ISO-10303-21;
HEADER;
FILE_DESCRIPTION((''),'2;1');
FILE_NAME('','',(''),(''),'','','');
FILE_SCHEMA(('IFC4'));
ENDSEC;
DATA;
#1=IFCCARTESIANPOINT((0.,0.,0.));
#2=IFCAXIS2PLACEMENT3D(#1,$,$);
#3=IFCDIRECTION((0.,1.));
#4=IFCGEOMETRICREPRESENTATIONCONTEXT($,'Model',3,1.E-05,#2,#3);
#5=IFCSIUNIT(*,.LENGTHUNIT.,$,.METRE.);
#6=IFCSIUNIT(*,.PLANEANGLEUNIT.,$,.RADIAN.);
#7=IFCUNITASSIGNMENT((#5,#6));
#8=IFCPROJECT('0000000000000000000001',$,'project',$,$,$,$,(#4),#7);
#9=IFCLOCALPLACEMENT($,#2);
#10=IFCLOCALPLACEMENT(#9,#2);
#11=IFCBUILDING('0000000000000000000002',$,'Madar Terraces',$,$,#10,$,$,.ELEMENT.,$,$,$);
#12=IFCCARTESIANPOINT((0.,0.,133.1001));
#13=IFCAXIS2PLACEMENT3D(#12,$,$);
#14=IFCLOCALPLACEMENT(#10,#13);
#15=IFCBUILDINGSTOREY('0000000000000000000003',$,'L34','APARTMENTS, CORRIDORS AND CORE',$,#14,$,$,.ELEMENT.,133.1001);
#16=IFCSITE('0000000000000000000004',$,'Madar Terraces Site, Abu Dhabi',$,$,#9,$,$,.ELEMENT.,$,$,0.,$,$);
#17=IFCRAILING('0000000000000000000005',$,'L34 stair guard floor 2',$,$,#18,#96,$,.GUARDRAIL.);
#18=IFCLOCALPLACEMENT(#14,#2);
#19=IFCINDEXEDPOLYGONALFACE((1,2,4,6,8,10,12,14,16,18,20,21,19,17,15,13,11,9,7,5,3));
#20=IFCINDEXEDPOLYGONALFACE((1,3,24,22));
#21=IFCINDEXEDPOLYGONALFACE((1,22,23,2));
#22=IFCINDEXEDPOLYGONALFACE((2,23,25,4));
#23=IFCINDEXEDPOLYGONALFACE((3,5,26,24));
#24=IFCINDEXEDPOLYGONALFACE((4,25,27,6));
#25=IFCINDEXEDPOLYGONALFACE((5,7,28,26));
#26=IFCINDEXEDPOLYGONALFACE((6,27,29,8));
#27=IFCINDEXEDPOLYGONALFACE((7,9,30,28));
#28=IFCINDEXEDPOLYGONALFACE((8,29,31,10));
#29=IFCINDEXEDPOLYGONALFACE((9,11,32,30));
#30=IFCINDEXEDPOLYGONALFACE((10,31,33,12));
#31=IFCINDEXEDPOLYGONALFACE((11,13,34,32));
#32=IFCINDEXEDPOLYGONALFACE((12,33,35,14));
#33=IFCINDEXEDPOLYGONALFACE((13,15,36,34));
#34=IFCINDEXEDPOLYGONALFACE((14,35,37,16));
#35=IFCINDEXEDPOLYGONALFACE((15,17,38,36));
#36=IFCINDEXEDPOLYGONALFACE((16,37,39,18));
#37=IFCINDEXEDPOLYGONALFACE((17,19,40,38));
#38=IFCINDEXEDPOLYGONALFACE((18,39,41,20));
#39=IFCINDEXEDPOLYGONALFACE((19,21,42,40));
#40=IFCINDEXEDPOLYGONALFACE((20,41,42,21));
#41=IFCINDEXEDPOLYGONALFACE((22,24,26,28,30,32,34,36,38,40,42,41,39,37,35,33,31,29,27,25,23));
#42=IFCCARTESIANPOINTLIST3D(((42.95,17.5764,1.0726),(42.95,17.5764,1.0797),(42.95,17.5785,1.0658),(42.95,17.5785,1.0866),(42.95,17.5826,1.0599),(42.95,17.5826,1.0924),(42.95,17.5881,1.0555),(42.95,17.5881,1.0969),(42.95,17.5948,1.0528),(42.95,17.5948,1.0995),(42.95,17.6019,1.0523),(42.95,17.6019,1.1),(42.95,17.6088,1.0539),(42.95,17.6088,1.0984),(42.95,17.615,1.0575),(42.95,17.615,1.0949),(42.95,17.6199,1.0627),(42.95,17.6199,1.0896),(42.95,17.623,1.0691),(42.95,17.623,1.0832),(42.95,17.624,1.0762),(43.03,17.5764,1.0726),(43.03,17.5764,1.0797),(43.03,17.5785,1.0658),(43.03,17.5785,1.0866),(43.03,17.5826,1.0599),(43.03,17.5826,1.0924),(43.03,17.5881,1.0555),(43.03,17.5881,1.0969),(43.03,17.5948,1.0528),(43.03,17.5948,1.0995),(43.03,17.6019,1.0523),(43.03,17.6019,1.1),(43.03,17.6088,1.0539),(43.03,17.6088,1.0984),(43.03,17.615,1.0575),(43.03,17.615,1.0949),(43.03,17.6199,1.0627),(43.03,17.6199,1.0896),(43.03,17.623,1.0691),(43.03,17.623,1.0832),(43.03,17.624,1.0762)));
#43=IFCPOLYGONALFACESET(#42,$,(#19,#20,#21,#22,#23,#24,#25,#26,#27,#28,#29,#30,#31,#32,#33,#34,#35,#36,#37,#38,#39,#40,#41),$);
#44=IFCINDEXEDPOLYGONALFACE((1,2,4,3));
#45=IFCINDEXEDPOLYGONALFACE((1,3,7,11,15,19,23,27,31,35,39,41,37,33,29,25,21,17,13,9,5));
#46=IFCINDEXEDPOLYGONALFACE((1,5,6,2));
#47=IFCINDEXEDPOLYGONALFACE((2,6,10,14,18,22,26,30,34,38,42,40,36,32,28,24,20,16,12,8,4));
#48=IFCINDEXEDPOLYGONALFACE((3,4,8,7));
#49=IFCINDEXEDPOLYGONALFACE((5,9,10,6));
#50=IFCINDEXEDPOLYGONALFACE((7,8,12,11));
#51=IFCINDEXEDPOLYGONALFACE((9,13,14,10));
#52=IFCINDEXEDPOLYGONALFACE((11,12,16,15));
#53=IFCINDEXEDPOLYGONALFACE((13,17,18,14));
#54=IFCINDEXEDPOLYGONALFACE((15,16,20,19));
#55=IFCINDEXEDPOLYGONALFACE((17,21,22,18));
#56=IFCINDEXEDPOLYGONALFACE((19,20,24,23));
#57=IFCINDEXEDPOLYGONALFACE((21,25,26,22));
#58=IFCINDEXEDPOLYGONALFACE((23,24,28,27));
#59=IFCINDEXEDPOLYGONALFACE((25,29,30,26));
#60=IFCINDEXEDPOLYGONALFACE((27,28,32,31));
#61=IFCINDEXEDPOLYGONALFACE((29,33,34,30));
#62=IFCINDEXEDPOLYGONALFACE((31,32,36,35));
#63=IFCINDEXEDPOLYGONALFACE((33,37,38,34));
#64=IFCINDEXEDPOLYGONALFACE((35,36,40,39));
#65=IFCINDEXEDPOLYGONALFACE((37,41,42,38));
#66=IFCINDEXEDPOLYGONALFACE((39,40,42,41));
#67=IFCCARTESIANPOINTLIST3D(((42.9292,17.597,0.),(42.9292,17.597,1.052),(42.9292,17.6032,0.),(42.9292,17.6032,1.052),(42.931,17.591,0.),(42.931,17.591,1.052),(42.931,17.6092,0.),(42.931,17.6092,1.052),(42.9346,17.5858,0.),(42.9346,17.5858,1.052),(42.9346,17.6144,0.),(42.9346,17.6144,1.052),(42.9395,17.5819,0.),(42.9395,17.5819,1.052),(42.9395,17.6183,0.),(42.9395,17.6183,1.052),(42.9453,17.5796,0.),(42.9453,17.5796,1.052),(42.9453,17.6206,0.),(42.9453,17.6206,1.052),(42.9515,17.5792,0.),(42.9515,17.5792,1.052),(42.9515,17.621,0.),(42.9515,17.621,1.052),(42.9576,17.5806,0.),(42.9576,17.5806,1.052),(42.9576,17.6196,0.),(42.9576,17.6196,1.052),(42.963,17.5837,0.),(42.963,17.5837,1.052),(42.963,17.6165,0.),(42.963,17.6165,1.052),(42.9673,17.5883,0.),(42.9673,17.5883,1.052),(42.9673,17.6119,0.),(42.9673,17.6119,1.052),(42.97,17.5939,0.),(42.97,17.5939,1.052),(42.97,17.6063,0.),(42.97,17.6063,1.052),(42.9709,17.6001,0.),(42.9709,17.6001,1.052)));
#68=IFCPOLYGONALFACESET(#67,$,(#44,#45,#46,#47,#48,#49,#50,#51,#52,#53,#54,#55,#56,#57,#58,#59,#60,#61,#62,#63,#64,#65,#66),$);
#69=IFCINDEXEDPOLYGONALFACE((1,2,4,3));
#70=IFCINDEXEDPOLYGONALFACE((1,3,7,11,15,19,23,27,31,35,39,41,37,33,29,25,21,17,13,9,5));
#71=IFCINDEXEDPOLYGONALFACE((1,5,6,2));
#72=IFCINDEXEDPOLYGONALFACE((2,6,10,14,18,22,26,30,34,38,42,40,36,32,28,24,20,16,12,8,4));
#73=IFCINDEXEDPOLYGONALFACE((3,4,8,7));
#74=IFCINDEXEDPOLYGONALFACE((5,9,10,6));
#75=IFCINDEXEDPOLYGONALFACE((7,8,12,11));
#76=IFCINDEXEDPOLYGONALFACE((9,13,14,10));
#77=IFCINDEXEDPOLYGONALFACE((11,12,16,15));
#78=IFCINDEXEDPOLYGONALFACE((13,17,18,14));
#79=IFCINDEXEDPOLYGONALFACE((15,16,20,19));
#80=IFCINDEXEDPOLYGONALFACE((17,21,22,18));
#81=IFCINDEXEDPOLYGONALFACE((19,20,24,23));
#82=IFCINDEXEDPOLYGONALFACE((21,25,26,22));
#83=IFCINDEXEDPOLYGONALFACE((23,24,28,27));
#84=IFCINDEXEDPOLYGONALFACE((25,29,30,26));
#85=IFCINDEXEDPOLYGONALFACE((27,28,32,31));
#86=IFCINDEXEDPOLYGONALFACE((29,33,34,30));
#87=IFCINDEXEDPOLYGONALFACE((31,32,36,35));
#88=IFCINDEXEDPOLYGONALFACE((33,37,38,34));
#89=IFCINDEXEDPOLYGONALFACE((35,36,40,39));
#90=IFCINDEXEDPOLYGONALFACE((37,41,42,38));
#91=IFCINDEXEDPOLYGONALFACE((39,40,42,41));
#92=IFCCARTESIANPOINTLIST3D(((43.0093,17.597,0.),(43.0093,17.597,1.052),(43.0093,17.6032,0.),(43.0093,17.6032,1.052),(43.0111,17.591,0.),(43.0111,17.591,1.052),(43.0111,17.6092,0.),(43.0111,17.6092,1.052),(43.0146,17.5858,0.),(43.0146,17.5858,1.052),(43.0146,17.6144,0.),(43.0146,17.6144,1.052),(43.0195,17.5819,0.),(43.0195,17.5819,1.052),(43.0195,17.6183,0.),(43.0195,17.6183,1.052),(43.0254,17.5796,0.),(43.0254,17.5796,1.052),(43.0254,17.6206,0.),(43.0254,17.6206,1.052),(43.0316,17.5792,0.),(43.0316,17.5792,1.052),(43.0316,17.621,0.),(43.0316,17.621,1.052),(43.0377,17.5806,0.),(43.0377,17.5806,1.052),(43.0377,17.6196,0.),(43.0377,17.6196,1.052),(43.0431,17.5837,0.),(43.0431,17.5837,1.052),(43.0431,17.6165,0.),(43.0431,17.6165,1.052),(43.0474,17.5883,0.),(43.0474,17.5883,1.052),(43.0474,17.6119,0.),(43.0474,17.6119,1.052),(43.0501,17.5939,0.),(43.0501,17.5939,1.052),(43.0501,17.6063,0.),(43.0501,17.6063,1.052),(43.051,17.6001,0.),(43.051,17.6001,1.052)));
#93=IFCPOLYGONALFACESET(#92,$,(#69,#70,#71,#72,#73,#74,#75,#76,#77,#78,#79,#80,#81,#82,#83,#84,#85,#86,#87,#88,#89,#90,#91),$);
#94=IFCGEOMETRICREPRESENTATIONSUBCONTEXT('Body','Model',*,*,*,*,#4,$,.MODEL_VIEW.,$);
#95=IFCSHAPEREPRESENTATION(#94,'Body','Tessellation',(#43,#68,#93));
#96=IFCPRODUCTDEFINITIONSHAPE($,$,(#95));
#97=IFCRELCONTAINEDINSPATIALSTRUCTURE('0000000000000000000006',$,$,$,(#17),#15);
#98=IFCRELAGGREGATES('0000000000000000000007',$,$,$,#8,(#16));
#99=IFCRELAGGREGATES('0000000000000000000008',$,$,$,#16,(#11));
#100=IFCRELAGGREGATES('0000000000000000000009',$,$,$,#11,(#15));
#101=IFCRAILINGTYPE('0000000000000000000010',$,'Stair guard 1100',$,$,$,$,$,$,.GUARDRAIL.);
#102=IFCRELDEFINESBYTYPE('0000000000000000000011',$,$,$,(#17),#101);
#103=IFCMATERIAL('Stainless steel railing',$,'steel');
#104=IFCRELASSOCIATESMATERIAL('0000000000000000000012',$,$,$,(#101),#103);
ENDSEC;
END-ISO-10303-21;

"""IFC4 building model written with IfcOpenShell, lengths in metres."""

from ifc_helpers import new_model, si_unit, direction, frame, origin, origin_2d, place, context, subcontext, project, spatial, circle, extrude, material, type_object, element, save


model = new_model("IFC4")

# Units and contexts
model_context = context("Model", 3, precision=1e-05, world=origin(), true_north=direction((0.0, 1.0)))
body_context = subcontext(model_context, "Body", "Model", "MODEL_VIEW")
ifc_project = project(units=[si_unit("LENGTHUNIT", "METRE"), si_unit("PLANEANGLEUNIT", "RADIAN")], contexts=[model_context])

# Site, building, storey
site_placement = place(None, origin())
site = spatial("IfcSite", under=ifc_project, at=site_placement, Name="Madar Terraces Site, Abu Dhabi", CompositionType="ELEMENT", RefElevation=0.0)
building_placement = place(site_placement, origin())
building = spatial("IfcBuilding", under=site, at=building_placement, Name="Madar Terraces", CompositionType="ELEMENT")
storey_placement = place(building_placement, frame((0.0, 0.0, 133.1001)))
storey = spatial("IfcBuildingStorey", under=building, at=storey_placement, Name="L34", Description="APARTMENTS, CORRIDORS AND CORE", CompositionType="ELEMENT", Elevation=133.1001)

# Railing
ifc_material_1 = material(Name="Stainless steel railing", Category="steel")
railing_type_1 = type_object("IfcRailingType", Name="Stair guard 1100", PredefinedType="GUARDRAIL", material=ifc_material_1)
railing_1_placement = place(storey_placement, frame((42.95, 17.6001, 0.0)))
element("IfcRailing", 1, at=railing_1_placement, inside=storey, type_object=railing_type_1, Name="L34 stair guard floor 2", PredefinedType="GUARDRAIL", context=body_context, shape_type="SweptSolid", body=[
    extrude(circle(Radius=0.0239, at=origin_2d()), frame((0.0, 0.0, 1.0762), z_axis=(1.0, 0.0, 0.0), x_axis=(0.0, 1.0, 0.0)), (0.0, 0.0, 1.0), 0.0801),
    extrude(circle(Radius=0.021, at=origin_2d()), origin(), (0.0, 0.0, 1.0), 1.052),
    extrude(circle(Radius=0.021, at=origin_2d()), frame((0.0801, 0.0, 0.0)), (0.0, 0.0, 1.0), 1.052),
])

save(model, "model.ifc")
